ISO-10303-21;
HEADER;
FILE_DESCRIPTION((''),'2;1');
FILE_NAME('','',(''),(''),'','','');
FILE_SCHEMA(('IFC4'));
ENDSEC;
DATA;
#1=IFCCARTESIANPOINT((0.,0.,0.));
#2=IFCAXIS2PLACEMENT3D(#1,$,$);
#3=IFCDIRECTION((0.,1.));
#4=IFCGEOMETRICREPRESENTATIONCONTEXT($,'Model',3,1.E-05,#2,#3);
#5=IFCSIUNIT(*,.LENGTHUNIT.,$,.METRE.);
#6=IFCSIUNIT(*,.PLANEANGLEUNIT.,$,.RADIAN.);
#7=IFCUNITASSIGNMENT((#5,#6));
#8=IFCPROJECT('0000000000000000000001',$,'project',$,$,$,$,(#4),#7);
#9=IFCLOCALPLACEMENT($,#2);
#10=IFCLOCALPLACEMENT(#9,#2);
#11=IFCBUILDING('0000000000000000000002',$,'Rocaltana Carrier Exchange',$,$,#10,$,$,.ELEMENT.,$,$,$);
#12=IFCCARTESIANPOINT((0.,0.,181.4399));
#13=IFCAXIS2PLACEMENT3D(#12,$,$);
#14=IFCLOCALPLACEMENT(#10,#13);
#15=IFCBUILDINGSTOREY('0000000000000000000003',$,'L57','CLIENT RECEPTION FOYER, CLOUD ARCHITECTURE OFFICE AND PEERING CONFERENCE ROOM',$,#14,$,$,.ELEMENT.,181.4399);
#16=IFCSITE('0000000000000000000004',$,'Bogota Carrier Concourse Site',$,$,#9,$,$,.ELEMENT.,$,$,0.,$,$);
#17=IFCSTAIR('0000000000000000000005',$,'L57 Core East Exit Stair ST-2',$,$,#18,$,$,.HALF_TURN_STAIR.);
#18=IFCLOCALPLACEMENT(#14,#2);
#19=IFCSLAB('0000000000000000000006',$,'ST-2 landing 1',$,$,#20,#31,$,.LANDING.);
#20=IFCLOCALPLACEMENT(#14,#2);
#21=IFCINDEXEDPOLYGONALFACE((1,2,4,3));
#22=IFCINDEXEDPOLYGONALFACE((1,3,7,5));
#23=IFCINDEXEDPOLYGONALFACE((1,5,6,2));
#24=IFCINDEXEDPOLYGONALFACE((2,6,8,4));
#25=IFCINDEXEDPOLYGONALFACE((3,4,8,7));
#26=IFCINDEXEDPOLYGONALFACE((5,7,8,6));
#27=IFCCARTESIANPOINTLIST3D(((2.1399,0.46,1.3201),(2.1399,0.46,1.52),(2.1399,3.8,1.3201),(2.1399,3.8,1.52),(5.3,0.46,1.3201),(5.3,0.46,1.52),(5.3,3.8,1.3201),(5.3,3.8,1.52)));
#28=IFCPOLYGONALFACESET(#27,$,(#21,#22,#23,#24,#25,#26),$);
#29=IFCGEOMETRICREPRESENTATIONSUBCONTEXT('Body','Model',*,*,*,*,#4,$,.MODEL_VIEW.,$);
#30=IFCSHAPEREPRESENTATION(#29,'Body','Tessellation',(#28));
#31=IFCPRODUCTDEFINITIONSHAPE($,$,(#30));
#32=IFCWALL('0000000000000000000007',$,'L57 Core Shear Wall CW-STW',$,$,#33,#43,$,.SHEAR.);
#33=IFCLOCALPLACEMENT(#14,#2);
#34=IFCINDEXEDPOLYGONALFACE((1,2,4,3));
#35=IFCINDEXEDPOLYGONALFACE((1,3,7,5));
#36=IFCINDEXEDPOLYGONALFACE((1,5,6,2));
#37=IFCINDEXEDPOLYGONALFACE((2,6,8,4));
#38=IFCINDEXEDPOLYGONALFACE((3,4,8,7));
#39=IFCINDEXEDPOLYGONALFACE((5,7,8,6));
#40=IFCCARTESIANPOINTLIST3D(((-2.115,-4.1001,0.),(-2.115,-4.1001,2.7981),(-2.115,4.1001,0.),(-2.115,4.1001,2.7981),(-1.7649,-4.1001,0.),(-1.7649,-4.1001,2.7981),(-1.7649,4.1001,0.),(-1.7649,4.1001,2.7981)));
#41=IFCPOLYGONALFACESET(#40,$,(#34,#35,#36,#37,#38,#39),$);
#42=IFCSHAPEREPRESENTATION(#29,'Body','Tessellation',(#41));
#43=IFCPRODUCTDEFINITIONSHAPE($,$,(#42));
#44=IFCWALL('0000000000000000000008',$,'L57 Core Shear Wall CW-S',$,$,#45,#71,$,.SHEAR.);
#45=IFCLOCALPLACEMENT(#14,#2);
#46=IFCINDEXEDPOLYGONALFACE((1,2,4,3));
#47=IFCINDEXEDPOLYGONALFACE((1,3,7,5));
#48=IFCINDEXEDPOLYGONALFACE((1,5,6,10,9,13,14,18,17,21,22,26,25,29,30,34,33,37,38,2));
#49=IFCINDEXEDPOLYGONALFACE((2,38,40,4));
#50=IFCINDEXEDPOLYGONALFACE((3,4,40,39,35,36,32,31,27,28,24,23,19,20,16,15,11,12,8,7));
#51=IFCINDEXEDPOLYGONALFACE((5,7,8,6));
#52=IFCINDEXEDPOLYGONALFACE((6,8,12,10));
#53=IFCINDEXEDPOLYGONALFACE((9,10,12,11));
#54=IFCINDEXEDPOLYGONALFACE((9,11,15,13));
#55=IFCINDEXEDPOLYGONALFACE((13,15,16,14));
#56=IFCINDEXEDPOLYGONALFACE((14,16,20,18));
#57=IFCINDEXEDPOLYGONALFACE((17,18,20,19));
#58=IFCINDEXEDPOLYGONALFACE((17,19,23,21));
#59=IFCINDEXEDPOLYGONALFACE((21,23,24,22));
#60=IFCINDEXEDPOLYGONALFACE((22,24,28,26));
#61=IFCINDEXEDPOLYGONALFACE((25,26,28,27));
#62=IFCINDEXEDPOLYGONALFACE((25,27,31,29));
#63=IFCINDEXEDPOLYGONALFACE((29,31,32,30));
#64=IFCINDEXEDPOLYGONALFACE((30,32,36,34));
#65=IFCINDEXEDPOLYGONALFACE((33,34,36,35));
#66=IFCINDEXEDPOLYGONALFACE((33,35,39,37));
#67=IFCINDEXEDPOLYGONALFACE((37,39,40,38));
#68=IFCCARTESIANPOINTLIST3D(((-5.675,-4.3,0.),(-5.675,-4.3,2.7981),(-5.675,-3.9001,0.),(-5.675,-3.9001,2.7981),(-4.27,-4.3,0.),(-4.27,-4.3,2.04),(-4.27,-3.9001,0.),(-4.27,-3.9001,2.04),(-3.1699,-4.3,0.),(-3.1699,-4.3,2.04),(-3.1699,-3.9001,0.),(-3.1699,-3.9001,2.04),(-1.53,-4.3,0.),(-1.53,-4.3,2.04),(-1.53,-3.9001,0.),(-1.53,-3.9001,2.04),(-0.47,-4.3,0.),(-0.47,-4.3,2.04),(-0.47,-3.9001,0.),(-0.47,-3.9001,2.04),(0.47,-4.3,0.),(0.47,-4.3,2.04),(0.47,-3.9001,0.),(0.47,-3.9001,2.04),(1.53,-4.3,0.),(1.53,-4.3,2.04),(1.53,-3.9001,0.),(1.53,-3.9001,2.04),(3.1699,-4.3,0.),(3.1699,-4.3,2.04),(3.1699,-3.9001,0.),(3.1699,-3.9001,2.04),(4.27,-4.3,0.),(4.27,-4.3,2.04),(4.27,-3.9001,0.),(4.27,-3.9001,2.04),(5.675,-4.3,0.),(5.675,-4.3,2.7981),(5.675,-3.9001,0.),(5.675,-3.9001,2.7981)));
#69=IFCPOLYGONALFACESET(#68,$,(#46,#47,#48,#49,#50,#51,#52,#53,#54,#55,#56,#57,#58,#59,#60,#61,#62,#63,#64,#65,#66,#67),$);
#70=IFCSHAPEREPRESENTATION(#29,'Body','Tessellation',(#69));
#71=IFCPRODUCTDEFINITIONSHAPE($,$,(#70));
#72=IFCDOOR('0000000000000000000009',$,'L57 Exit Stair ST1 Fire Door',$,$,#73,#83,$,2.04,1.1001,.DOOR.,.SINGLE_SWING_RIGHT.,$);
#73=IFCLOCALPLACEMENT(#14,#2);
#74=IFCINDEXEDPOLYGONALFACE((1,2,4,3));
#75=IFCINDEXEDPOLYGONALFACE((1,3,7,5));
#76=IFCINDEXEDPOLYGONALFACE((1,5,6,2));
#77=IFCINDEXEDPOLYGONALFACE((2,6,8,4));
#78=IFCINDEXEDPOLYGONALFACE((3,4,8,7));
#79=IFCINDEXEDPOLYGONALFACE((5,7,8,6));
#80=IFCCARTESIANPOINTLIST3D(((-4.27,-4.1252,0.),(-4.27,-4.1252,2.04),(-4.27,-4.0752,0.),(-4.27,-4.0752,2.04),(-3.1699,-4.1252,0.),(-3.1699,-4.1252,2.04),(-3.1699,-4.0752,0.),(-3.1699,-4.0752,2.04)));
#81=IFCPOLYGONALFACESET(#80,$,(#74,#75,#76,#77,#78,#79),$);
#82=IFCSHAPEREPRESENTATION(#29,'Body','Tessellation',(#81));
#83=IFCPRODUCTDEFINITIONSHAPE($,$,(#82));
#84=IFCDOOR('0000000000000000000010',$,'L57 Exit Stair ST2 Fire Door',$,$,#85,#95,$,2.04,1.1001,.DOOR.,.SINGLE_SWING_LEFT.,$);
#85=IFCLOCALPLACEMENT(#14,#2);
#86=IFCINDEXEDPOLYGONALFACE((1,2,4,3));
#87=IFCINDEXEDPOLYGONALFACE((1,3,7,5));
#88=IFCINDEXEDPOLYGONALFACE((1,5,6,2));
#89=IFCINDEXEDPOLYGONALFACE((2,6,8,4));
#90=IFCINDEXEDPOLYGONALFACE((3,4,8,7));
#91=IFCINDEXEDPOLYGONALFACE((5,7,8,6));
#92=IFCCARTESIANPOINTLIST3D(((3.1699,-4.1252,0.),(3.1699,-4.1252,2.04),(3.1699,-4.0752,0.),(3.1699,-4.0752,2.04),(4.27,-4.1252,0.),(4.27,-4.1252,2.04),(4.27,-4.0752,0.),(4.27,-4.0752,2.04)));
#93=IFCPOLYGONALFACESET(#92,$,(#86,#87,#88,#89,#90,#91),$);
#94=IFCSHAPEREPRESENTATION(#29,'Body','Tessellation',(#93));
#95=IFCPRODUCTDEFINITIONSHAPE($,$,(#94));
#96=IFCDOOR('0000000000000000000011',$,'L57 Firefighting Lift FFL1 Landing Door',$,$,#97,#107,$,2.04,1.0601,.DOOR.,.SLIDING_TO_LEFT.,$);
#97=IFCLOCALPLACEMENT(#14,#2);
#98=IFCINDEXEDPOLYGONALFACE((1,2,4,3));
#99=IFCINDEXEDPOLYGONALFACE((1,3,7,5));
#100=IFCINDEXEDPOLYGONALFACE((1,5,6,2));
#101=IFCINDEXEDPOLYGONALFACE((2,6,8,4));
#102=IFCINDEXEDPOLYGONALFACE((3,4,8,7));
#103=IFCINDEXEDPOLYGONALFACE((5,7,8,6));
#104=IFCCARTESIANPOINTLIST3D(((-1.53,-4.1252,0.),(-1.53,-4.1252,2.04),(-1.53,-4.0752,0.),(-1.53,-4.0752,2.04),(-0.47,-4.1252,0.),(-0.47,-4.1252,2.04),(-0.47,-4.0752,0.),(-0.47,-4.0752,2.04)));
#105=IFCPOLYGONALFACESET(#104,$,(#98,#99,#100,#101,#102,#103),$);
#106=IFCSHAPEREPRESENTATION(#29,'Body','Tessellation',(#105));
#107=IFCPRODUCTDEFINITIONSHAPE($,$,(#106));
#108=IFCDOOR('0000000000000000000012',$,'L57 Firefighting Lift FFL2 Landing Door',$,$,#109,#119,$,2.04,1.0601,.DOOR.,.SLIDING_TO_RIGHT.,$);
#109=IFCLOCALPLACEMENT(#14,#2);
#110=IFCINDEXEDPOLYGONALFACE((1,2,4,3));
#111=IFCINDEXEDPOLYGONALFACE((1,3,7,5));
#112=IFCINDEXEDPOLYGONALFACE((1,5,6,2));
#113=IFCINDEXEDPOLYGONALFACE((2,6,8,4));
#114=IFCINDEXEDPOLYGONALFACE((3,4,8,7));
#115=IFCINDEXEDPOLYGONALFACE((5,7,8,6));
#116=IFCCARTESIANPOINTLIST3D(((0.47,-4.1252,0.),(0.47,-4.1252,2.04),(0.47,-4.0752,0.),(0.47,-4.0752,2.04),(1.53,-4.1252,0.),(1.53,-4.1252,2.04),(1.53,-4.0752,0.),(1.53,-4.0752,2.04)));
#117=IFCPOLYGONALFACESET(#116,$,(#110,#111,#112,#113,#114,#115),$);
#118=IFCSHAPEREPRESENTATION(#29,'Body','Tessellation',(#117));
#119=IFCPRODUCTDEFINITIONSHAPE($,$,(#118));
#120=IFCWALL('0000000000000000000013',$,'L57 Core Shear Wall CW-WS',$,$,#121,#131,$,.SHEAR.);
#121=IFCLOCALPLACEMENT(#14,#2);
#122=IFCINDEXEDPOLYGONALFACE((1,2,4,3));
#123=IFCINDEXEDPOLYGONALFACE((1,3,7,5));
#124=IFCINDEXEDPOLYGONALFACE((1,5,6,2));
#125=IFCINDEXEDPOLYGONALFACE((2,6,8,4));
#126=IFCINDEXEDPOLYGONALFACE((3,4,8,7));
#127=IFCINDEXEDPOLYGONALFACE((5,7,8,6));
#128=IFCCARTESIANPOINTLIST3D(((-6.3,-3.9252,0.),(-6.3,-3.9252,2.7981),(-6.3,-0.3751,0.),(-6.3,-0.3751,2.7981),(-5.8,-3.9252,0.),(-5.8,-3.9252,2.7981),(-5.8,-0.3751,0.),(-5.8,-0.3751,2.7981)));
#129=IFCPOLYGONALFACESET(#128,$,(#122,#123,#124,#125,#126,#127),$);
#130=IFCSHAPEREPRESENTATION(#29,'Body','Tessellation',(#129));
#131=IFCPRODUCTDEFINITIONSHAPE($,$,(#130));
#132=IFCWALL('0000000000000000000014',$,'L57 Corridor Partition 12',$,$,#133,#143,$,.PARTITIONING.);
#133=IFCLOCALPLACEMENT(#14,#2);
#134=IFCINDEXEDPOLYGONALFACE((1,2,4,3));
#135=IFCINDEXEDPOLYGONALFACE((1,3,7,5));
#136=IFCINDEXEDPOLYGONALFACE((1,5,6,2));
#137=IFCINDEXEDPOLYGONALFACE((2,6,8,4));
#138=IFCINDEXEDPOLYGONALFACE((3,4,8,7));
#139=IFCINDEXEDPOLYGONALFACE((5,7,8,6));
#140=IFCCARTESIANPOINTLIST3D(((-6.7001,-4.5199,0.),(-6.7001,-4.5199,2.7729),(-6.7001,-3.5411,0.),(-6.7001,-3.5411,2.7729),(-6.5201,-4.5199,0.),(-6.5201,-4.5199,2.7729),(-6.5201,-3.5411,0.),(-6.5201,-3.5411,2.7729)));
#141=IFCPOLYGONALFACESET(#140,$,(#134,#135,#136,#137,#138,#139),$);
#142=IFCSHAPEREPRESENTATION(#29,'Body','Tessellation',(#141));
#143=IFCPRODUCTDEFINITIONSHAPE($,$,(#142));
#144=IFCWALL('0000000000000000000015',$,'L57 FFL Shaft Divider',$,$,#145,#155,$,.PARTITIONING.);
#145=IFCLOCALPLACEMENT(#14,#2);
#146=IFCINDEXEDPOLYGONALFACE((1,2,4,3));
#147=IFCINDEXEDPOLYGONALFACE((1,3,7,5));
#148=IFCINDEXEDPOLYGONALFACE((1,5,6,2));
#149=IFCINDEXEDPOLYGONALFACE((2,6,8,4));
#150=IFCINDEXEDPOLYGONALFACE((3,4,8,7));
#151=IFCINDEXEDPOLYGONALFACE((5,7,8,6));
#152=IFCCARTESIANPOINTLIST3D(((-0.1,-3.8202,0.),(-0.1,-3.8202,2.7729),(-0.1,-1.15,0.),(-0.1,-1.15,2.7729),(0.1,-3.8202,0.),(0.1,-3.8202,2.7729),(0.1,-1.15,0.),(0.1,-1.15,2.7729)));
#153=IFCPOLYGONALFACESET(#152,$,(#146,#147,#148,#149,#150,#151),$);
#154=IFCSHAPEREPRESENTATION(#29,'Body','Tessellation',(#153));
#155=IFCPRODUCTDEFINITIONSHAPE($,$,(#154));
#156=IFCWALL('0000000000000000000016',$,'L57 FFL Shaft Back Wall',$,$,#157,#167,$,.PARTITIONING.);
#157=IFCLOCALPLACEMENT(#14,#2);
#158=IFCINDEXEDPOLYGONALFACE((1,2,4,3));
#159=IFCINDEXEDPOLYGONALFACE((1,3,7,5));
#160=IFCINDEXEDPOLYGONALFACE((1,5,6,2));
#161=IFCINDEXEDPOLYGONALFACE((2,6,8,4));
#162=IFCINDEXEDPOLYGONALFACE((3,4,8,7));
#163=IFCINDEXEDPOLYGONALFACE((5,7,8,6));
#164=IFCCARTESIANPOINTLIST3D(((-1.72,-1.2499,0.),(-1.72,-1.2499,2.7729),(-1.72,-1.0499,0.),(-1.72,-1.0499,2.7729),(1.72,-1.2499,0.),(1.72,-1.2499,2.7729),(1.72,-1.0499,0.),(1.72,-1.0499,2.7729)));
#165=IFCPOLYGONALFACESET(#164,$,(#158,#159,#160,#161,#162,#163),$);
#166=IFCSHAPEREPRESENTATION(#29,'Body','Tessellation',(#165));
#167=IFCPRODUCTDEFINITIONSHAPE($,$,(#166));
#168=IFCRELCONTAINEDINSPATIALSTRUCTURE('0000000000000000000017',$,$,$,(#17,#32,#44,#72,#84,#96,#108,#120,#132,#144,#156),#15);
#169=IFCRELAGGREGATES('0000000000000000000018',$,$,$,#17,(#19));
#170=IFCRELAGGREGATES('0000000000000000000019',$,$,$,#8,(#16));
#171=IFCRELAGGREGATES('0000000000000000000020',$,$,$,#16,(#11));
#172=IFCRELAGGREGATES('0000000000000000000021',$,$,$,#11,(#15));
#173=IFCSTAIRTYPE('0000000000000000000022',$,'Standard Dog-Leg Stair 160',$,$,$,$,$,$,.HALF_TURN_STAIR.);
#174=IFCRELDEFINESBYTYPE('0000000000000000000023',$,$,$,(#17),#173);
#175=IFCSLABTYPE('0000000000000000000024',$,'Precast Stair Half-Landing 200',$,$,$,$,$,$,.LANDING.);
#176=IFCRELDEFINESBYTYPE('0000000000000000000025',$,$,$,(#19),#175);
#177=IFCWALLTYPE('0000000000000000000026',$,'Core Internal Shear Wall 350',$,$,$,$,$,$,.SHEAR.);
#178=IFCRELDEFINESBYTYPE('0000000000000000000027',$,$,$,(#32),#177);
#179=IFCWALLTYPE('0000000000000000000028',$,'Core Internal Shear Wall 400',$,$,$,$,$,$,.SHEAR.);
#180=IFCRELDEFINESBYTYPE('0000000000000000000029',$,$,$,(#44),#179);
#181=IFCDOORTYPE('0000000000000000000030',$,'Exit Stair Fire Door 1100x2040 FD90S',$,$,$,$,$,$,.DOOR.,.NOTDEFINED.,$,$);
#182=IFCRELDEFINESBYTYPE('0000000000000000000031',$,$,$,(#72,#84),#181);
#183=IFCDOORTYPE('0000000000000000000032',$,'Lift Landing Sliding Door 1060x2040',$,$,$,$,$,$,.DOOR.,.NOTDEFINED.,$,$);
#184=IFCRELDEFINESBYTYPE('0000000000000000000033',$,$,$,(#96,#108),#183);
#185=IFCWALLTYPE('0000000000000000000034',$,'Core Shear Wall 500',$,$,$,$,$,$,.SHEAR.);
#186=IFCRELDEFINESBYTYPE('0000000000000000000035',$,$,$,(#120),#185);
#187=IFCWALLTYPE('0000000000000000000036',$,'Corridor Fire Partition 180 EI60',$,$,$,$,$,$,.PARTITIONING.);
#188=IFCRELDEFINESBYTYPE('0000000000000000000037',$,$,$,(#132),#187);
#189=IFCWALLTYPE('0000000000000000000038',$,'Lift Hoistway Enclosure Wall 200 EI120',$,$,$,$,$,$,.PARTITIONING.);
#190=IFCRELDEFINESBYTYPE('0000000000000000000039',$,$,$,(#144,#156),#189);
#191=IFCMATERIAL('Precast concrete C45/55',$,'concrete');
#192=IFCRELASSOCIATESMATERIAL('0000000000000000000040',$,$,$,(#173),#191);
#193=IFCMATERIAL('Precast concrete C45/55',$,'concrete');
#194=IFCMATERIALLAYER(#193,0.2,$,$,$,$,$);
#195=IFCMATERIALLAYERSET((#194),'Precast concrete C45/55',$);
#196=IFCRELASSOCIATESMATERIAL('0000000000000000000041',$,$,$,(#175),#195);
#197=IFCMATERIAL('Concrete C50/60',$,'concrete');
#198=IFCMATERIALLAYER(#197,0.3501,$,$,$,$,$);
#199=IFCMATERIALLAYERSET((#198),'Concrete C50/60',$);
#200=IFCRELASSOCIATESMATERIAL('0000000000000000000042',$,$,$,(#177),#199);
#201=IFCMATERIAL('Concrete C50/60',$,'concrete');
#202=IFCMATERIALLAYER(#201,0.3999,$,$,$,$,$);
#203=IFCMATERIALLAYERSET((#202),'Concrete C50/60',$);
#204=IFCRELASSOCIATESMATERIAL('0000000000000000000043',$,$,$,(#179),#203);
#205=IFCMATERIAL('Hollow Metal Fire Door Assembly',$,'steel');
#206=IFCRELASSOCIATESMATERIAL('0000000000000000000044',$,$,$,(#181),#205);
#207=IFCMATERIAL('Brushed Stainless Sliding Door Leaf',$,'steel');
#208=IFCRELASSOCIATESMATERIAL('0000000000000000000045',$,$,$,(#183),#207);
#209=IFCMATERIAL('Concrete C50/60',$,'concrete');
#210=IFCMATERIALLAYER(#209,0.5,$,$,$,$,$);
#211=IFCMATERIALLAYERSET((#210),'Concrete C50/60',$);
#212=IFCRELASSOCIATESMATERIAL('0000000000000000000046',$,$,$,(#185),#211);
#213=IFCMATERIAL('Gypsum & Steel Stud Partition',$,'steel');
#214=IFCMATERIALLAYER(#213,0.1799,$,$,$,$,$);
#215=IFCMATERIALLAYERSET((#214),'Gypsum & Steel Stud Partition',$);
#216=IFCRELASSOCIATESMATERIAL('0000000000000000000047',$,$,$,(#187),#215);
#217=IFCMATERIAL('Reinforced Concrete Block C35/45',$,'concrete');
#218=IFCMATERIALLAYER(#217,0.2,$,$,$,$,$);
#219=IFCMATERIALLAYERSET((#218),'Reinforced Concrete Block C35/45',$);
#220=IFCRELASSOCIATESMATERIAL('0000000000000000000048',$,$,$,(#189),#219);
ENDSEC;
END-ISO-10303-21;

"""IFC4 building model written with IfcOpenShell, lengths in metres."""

from ifc_helpers import new_model, si_unit, direction, frame, frame_2d, origin, place, context, subcontext, project, spatial, polyline, rectangle, outline, extrude, material, layer, layer_set, type_object, element, fill, aggregate, save


model = new_model("IFC4")

# Units and contexts
model_context = context("Model", 3, precision=1e-05, world=origin(), true_north=direction((0.0, 1.0)))
body_context = subcontext(model_context, "Body", "Model", "MODEL_VIEW")
ifc_project = project(units=[si_unit("LENGTHUNIT", "METRE"), si_unit("PLANEANGLEUNIT", "RADIAN")], contexts=[model_context])

# Site, building, storey
site_placement = place(None, origin())
site = spatial("IfcSite", under=ifc_project, at=site_placement, Name="Bogota Carrier Concourse Site", CompositionType="ELEMENT", RefElevation=0.0)
building_placement = place(site_placement, origin())
building = spatial("IfcBuilding", under=site, at=building_placement, Name="Rocaltana Carrier Exchange", CompositionType="ELEMENT")
storey_placement = place(building_placement, frame((0.0, 0.0, 181.4399)))
storey = spatial("IfcBuildingStorey", under=building, at=storey_placement, Name="L57", Description="CLIENT RECEPTION FOYER, CLOUD ARCHITECTURE OFFICE AND PEERING CONFERENCE ROOM", CompositionType="ELEMENT", Elevation=181.4399)

# Stair, slab
ifc_material_1 = material(Name="Precast concrete C45/55", Category="concrete")
stair_type = type_object("IfcStairType", Name="Standard Dog-Leg Stair 160", PredefinedType="HALF_TURN_STAIR", material=ifc_material_1)
ifc_material_2 = material(Name="Precast concrete C45/55", Category="concrete")
ifc_layer_1 = layer(ifc_material_2, 0.2)
ifc_layer_set_1 = layer_set([ifc_layer_1], Name="Precast concrete C45/55")
slab_type_1 = type_object("IfcSlabType", Name="Precast Stair Half-Landing 200", PredefinedType="LANDING", material=ifc_layer_set_1)
stair_1_placement = place(storey_placement, origin())
stair_1 = element("IfcStair", 1, at=stair_1_placement, inside=storey, type_object=stair_type, Name="L57 Core East Exit Stair ST-2", PredefinedType="HALF_TURN_STAIR")
slab_1_placement = place(storey_placement, frame((0.0, 0.0, 1.3201)))
slab_1 = element("IfcSlab", 2, at=slab_1_placement, type_object=slab_type_1, Name="ST-2 landing 1", PredefinedType="LANDING", context=body_context, shape_type="SweptSolid", body=[
    extrude(outline(polyline([(5.3, 0.46), (5.3, 3.8), (2.1399, 3.8), (2.1399, 0.46), (5.3, 0.46)])), origin(), (0.0, 0.0, 1.0), 0.2),
])
aggregate(stair_1, [slab_1])

# Wall
ifc_material_3 = material(Name="Concrete C50/60", Category="concrete")
ifc_layer_2 = layer(ifc_material_3, 0.3501)
ifc_layer_set_2 = layer_set([ifc_layer_2], Name="Concrete C50/60")
wall_type_1 = type_object("IfcWallType", Name="Core Internal Shear Wall 350", PredefinedType="SHEAR", material=ifc_layer_set_2)
wall_1_placement = place(storey_placement, frame((-1.9399, -4.1001, 0.0), z_axis=(0.0, 0.0, 1.0), x_axis=(0.0, 1.0, 0.0)))
element("IfcWall", 3, at=wall_1_placement, inside=storey, type_object=wall_type_1, Name="L57 Core Shear Wall CW-STW", PredefinedType="SHEAR", context=body_context, shape_type="SweptSolid", body=[
    extrude(rectangle(XDim=8.2002, YDim=0.3501, at=frame_2d((4.1001, 0.0))), origin(), (0.0, 0.0, 1.0), 2.7981),
])

# Wall, openings, doors
ifc_material_4 = material(Name="Concrete C50/60", Category="concrete")
ifc_layer_3 = layer(ifc_material_4, 0.3999)
ifc_layer_set_3 = layer_set([ifc_layer_3], Name="Concrete C50/60")
wall_type_2 = type_object("IfcWallType", Name="Core Internal Shear Wall 400", PredefinedType="SHEAR", material=ifc_layer_set_3)
wall_2_placement = place(storey_placement, frame((-5.675, -4.1001, 0.0), z_axis=(0.0, 0.0, 1.0), x_axis=(1.0, 0.0, 0.0)))
wall_2 = element("IfcWall", 4, at=wall_2_placement, inside=storey, type_object=wall_type_2, Name="L57 Core Shear Wall CW-S", PredefinedType="SHEAR", context=body_context, shape_type="SweptSolid", body=[
    extrude(rectangle(XDim=11.3501, YDim=0.3999, at=frame_2d((5.675, 0.0))), origin(), (0.0, 0.0, 1.0), 2.7981),
])
opening_1_placement = place(wall_2_placement, frame((1.405, 0.0, 0.0)))
opening_1 = element("IfcOpeningElement", 5, at=opening_1_placement, cuts=wall_2, PredefinedType="OPENING", context=body_context, shape_type="SweptSolid", body=[
    extrude(rectangle(XDim=1.1001, YDim=2.04, at=frame_2d((0.55, 1.02))), frame((0.0, 0.21, 0.0), z_axis=(0.0, -1.0, 0.0), x_axis=(1.0, 0.0, 0.0)), (0.0, 0.0, 1.0), 0.4199),
])
opening_2_placement = place(wall_2_placement, frame((8.845, 0.0, 0.0)))
opening_2 = element("IfcOpeningElement", 6, at=opening_2_placement, cuts=wall_2, PredefinedType="OPENING", context=body_context, shape_type="SweptSolid", body=[
    extrude(rectangle(XDim=1.1001, YDim=2.04, at=frame_2d((0.55, 1.02))), frame((0.0, 0.21, 0.0), z_axis=(0.0, -1.0, 0.0), x_axis=(1.0, 0.0, 0.0)), (0.0, 0.0, 1.0), 0.4199),
])
opening_3_placement = place(wall_2_placement, frame((4.145, 0.0, 0.0)))
opening_3 = element("IfcOpeningElement", 7, at=opening_3_placement, cuts=wall_2, PredefinedType="OPENING", context=body_context, shape_type="SweptSolid", body=[
    extrude(rectangle(XDim=1.0601, YDim=2.04, at=frame_2d((0.53, 1.02))), frame((0.0, 0.21, 0.0), z_axis=(0.0, -1.0, 0.0), x_axis=(1.0, 0.0, 0.0)), (0.0, 0.0, 1.0), 0.4199),
])
opening_4_placement = place(wall_2_placement, frame((6.145, 0.0, 0.0)))
opening_4 = element("IfcOpeningElement", 8, at=opening_4_placement, cuts=wall_2, PredefinedType="OPENING", context=body_context, shape_type="SweptSolid", body=[
    extrude(rectangle(XDim=1.0601, YDim=2.04, at=frame_2d((0.53, 1.02))), frame((0.0, 0.21, 0.0), z_axis=(0.0, -1.0, 0.0), x_axis=(1.0, 0.0, 0.0)), (0.0, 0.0, 1.0), 0.4199),
])
ifc_material_5 = material(Name="Hollow Metal Fire Door Assembly", Category="steel")
door_type_1 = type_object("IfcDoorType", Name="Exit Stair Fire Door 1100x2040 FD90S", OperationType="NOTDEFINED", PredefinedType="DOOR", material=ifc_material_5)
door_1_placement = place(opening_1_placement, origin())
door_1 = element("IfcDoor", 9, at=door_1_placement, inside=storey, type_object=door_type_1, Name="L57 Exit Stair ST1 Fire Door", OperationType="SINGLE_SWING_RIGHT", OverallHeight=2.04, OverallWidth=1.1001, PredefinedType="DOOR", context=body_context, shape_type="SweptSolid", body=[
    extrude(rectangle(XDim=1.1001, YDim=2.04, at=frame_2d((0.55, 1.02))), frame((0.0, 0.0249, 0.0), z_axis=(0.0, -1.0, 0.0), x_axis=(1.0, 0.0, 0.0)), (0.0, 0.0, 1.0), 0.05),
])
fill(opening_1, door_1)
door_2_placement = place(opening_2_placement, origin())
door_2 = element("IfcDoor", 10, at=door_2_placement, inside=storey, type_object=door_type_1, Name="L57 Exit Stair ST2 Fire Door", OperationType="SINGLE_SWING_LEFT", OverallHeight=2.04, OverallWidth=1.1001, PredefinedType="DOOR", context=body_context, shape_type="SweptSolid", body=[
    extrude(rectangle(XDim=1.1001, YDim=2.04, at=frame_2d((0.55, 1.02))), frame((0.0, 0.0249, 0.0), z_axis=(0.0, -1.0, 0.0), x_axis=(1.0, 0.0, 0.0)), (0.0, 0.0, 1.0), 0.05),
])
fill(opening_2, door_2)
ifc_material_6 = material(Name="Brushed Stainless Sliding Door Leaf", Category="steel")
door_type_2 = type_object("IfcDoorType", Name="Lift Landing Sliding Door 1060x2040", OperationType="NOTDEFINED", PredefinedType="DOOR", material=ifc_material_6)
door_3_placement = place(opening_3_placement, origin())
door_3 = element("IfcDoor", 11, at=door_3_placement, inside=storey, type_object=door_type_2, Name="L57 Firefighting Lift FFL1 Landing Door", OperationType="SLIDING_TO_LEFT", OverallHeight=2.04, OverallWidth=1.0601, PredefinedType="DOOR", context=body_context, shape_type="SweptSolid", body=[
    extrude(rectangle(XDim=1.0601, YDim=2.04, at=frame_2d((0.53, 1.02))), frame((0.0, 0.0249, 0.0), z_axis=(0.0, -1.0, 0.0), x_axis=(1.0, 0.0, 0.0)), (0.0, 0.0, 1.0), 0.05),
])
fill(opening_3, door_3)
door_4_placement = place(opening_4_placement, origin())
door_4 = element("IfcDoor", 12, at=door_4_placement, inside=storey, type_object=door_type_2, Name="L57 Firefighting Lift FFL2 Landing Door", OperationType="SLIDING_TO_RIGHT", OverallHeight=2.04, OverallWidth=1.0601, PredefinedType="DOOR", context=body_context, shape_type="SweptSolid", body=[
    extrude(rectangle(XDim=1.0601, YDim=2.04, at=frame_2d((0.53, 1.02))), frame((0.0, 0.0249, 0.0), z_axis=(0.0, -1.0, 0.0), x_axis=(1.0, 0.0, 0.0)), (0.0, 0.0, 1.0), 0.05),
])
fill(opening_4, door_4)

# Walls
ifc_material_7 = material(Name="Concrete C50/60", Category="concrete")
ifc_layer_4 = layer(ifc_material_7, 0.5)
ifc_layer_set_4 = layer_set([ifc_layer_4], Name="Concrete C50/60")
wall_type_3 = type_object("IfcWallType", Name="Core Shear Wall 500", PredefinedType="SHEAR", material=ifc_layer_set_4)
wall_3_placement = place(storey_placement, frame((-6.05, -3.925, 0.0), z_axis=(0.0, 0.0, 1.0), x_axis=(0.0, 1.0, 0.0)))
element("IfcWall", 13, at=wall_3_placement, inside=storey, type_object=wall_type_3, Name="L57 Core Shear Wall CW-WS", PredefinedType="SHEAR", context=body_context, shape_type="SweptSolid", body=[
    extrude(rectangle(XDim=3.55, YDim=0.5, at=frame_2d((1.7749, 0.0))), origin(), (0.0, 0.0, 1.0), 2.7981),
])
ifc_material_8 = material(Name="Gypsum & Steel Stud Partition", Category="steel")
ifc_layer_5 = layer(ifc_material_8, 0.1799)
ifc_layer_set_5 = layer_set([ifc_layer_5], Name="Gypsum & Steel Stud Partition")
wall_type_4 = type_object("IfcWallType", Name="Corridor Fire Partition 180 EI60", PredefinedType="PARTITIONING", material=ifc_layer_set_5)
wall_4_placement = place(storey_placement, frame((-6.6101, -3.5413, 0.0), z_axis=(0.0, 0.0, 1.0), x_axis=(0.0, -1.0, 0.0)))
element("IfcWall", 14, at=wall_4_placement, inside=storey, type_object=wall_type_4, Name="L57 Corridor Partition 12", PredefinedType="PARTITIONING", context=body_context, shape_type="SweptSolid", body=[
    extrude(rectangle(XDim=0.9788, YDim=0.1799, at=frame_2d((0.4893, 0.0))), origin(), (0.0, 0.0, 1.0), 2.7729),
])
ifc_material_9 = material(Name="Reinforced Concrete Block C35/45", Category="concrete")
ifc_layer_6 = layer(ifc_material_9, 0.2)
ifc_layer_set_6 = layer_set([ifc_layer_6], Name="Reinforced Concrete Block C35/45")
wall_type_5 = type_object("IfcWallType", Name="Lift Hoistway Enclosure Wall 200 EI120", PredefinedType="PARTITIONING", material=ifc_layer_set_6)
wall_5_placement = place(storey_placement, frame((0.0, -3.8201, 0.0), z_axis=(0.0, 0.0, 1.0), x_axis=(0.0, 1.0, 0.0)))
element("IfcWall", 15, at=wall_5_placement, inside=storey, type_object=wall_type_5, Name="L57 FFL Shaft Divider", PredefinedType="PARTITIONING", context=body_context, shape_type="SweptSolid", body=[
    extrude(rectangle(XDim=2.6702, YDim=0.2, at=frame_2d((1.335, 0.0))), origin(), (0.0, 0.0, 1.0), 2.7729),
])
wall_6_placement = place(storey_placement, frame((-1.72, -1.1499, 0.0), z_axis=(0.0, 0.0, 1.0), x_axis=(1.0, 0.0, 0.0)))
element("IfcWall", 16, at=wall_6_placement, inside=storey, type_object=wall_type_5, Name="L57 FFL Shaft Back Wall", PredefinedType="PARTITIONING", context=body_context, shape_type="SweptSolid", body=[
    extrude(rectangle(XDim=3.4399, YDim=0.2, at=frame_2d((1.72, 0.0))), origin(), (0.0, 0.0, 1.0), 2.7729),
])

save(model, "model.ifc")
